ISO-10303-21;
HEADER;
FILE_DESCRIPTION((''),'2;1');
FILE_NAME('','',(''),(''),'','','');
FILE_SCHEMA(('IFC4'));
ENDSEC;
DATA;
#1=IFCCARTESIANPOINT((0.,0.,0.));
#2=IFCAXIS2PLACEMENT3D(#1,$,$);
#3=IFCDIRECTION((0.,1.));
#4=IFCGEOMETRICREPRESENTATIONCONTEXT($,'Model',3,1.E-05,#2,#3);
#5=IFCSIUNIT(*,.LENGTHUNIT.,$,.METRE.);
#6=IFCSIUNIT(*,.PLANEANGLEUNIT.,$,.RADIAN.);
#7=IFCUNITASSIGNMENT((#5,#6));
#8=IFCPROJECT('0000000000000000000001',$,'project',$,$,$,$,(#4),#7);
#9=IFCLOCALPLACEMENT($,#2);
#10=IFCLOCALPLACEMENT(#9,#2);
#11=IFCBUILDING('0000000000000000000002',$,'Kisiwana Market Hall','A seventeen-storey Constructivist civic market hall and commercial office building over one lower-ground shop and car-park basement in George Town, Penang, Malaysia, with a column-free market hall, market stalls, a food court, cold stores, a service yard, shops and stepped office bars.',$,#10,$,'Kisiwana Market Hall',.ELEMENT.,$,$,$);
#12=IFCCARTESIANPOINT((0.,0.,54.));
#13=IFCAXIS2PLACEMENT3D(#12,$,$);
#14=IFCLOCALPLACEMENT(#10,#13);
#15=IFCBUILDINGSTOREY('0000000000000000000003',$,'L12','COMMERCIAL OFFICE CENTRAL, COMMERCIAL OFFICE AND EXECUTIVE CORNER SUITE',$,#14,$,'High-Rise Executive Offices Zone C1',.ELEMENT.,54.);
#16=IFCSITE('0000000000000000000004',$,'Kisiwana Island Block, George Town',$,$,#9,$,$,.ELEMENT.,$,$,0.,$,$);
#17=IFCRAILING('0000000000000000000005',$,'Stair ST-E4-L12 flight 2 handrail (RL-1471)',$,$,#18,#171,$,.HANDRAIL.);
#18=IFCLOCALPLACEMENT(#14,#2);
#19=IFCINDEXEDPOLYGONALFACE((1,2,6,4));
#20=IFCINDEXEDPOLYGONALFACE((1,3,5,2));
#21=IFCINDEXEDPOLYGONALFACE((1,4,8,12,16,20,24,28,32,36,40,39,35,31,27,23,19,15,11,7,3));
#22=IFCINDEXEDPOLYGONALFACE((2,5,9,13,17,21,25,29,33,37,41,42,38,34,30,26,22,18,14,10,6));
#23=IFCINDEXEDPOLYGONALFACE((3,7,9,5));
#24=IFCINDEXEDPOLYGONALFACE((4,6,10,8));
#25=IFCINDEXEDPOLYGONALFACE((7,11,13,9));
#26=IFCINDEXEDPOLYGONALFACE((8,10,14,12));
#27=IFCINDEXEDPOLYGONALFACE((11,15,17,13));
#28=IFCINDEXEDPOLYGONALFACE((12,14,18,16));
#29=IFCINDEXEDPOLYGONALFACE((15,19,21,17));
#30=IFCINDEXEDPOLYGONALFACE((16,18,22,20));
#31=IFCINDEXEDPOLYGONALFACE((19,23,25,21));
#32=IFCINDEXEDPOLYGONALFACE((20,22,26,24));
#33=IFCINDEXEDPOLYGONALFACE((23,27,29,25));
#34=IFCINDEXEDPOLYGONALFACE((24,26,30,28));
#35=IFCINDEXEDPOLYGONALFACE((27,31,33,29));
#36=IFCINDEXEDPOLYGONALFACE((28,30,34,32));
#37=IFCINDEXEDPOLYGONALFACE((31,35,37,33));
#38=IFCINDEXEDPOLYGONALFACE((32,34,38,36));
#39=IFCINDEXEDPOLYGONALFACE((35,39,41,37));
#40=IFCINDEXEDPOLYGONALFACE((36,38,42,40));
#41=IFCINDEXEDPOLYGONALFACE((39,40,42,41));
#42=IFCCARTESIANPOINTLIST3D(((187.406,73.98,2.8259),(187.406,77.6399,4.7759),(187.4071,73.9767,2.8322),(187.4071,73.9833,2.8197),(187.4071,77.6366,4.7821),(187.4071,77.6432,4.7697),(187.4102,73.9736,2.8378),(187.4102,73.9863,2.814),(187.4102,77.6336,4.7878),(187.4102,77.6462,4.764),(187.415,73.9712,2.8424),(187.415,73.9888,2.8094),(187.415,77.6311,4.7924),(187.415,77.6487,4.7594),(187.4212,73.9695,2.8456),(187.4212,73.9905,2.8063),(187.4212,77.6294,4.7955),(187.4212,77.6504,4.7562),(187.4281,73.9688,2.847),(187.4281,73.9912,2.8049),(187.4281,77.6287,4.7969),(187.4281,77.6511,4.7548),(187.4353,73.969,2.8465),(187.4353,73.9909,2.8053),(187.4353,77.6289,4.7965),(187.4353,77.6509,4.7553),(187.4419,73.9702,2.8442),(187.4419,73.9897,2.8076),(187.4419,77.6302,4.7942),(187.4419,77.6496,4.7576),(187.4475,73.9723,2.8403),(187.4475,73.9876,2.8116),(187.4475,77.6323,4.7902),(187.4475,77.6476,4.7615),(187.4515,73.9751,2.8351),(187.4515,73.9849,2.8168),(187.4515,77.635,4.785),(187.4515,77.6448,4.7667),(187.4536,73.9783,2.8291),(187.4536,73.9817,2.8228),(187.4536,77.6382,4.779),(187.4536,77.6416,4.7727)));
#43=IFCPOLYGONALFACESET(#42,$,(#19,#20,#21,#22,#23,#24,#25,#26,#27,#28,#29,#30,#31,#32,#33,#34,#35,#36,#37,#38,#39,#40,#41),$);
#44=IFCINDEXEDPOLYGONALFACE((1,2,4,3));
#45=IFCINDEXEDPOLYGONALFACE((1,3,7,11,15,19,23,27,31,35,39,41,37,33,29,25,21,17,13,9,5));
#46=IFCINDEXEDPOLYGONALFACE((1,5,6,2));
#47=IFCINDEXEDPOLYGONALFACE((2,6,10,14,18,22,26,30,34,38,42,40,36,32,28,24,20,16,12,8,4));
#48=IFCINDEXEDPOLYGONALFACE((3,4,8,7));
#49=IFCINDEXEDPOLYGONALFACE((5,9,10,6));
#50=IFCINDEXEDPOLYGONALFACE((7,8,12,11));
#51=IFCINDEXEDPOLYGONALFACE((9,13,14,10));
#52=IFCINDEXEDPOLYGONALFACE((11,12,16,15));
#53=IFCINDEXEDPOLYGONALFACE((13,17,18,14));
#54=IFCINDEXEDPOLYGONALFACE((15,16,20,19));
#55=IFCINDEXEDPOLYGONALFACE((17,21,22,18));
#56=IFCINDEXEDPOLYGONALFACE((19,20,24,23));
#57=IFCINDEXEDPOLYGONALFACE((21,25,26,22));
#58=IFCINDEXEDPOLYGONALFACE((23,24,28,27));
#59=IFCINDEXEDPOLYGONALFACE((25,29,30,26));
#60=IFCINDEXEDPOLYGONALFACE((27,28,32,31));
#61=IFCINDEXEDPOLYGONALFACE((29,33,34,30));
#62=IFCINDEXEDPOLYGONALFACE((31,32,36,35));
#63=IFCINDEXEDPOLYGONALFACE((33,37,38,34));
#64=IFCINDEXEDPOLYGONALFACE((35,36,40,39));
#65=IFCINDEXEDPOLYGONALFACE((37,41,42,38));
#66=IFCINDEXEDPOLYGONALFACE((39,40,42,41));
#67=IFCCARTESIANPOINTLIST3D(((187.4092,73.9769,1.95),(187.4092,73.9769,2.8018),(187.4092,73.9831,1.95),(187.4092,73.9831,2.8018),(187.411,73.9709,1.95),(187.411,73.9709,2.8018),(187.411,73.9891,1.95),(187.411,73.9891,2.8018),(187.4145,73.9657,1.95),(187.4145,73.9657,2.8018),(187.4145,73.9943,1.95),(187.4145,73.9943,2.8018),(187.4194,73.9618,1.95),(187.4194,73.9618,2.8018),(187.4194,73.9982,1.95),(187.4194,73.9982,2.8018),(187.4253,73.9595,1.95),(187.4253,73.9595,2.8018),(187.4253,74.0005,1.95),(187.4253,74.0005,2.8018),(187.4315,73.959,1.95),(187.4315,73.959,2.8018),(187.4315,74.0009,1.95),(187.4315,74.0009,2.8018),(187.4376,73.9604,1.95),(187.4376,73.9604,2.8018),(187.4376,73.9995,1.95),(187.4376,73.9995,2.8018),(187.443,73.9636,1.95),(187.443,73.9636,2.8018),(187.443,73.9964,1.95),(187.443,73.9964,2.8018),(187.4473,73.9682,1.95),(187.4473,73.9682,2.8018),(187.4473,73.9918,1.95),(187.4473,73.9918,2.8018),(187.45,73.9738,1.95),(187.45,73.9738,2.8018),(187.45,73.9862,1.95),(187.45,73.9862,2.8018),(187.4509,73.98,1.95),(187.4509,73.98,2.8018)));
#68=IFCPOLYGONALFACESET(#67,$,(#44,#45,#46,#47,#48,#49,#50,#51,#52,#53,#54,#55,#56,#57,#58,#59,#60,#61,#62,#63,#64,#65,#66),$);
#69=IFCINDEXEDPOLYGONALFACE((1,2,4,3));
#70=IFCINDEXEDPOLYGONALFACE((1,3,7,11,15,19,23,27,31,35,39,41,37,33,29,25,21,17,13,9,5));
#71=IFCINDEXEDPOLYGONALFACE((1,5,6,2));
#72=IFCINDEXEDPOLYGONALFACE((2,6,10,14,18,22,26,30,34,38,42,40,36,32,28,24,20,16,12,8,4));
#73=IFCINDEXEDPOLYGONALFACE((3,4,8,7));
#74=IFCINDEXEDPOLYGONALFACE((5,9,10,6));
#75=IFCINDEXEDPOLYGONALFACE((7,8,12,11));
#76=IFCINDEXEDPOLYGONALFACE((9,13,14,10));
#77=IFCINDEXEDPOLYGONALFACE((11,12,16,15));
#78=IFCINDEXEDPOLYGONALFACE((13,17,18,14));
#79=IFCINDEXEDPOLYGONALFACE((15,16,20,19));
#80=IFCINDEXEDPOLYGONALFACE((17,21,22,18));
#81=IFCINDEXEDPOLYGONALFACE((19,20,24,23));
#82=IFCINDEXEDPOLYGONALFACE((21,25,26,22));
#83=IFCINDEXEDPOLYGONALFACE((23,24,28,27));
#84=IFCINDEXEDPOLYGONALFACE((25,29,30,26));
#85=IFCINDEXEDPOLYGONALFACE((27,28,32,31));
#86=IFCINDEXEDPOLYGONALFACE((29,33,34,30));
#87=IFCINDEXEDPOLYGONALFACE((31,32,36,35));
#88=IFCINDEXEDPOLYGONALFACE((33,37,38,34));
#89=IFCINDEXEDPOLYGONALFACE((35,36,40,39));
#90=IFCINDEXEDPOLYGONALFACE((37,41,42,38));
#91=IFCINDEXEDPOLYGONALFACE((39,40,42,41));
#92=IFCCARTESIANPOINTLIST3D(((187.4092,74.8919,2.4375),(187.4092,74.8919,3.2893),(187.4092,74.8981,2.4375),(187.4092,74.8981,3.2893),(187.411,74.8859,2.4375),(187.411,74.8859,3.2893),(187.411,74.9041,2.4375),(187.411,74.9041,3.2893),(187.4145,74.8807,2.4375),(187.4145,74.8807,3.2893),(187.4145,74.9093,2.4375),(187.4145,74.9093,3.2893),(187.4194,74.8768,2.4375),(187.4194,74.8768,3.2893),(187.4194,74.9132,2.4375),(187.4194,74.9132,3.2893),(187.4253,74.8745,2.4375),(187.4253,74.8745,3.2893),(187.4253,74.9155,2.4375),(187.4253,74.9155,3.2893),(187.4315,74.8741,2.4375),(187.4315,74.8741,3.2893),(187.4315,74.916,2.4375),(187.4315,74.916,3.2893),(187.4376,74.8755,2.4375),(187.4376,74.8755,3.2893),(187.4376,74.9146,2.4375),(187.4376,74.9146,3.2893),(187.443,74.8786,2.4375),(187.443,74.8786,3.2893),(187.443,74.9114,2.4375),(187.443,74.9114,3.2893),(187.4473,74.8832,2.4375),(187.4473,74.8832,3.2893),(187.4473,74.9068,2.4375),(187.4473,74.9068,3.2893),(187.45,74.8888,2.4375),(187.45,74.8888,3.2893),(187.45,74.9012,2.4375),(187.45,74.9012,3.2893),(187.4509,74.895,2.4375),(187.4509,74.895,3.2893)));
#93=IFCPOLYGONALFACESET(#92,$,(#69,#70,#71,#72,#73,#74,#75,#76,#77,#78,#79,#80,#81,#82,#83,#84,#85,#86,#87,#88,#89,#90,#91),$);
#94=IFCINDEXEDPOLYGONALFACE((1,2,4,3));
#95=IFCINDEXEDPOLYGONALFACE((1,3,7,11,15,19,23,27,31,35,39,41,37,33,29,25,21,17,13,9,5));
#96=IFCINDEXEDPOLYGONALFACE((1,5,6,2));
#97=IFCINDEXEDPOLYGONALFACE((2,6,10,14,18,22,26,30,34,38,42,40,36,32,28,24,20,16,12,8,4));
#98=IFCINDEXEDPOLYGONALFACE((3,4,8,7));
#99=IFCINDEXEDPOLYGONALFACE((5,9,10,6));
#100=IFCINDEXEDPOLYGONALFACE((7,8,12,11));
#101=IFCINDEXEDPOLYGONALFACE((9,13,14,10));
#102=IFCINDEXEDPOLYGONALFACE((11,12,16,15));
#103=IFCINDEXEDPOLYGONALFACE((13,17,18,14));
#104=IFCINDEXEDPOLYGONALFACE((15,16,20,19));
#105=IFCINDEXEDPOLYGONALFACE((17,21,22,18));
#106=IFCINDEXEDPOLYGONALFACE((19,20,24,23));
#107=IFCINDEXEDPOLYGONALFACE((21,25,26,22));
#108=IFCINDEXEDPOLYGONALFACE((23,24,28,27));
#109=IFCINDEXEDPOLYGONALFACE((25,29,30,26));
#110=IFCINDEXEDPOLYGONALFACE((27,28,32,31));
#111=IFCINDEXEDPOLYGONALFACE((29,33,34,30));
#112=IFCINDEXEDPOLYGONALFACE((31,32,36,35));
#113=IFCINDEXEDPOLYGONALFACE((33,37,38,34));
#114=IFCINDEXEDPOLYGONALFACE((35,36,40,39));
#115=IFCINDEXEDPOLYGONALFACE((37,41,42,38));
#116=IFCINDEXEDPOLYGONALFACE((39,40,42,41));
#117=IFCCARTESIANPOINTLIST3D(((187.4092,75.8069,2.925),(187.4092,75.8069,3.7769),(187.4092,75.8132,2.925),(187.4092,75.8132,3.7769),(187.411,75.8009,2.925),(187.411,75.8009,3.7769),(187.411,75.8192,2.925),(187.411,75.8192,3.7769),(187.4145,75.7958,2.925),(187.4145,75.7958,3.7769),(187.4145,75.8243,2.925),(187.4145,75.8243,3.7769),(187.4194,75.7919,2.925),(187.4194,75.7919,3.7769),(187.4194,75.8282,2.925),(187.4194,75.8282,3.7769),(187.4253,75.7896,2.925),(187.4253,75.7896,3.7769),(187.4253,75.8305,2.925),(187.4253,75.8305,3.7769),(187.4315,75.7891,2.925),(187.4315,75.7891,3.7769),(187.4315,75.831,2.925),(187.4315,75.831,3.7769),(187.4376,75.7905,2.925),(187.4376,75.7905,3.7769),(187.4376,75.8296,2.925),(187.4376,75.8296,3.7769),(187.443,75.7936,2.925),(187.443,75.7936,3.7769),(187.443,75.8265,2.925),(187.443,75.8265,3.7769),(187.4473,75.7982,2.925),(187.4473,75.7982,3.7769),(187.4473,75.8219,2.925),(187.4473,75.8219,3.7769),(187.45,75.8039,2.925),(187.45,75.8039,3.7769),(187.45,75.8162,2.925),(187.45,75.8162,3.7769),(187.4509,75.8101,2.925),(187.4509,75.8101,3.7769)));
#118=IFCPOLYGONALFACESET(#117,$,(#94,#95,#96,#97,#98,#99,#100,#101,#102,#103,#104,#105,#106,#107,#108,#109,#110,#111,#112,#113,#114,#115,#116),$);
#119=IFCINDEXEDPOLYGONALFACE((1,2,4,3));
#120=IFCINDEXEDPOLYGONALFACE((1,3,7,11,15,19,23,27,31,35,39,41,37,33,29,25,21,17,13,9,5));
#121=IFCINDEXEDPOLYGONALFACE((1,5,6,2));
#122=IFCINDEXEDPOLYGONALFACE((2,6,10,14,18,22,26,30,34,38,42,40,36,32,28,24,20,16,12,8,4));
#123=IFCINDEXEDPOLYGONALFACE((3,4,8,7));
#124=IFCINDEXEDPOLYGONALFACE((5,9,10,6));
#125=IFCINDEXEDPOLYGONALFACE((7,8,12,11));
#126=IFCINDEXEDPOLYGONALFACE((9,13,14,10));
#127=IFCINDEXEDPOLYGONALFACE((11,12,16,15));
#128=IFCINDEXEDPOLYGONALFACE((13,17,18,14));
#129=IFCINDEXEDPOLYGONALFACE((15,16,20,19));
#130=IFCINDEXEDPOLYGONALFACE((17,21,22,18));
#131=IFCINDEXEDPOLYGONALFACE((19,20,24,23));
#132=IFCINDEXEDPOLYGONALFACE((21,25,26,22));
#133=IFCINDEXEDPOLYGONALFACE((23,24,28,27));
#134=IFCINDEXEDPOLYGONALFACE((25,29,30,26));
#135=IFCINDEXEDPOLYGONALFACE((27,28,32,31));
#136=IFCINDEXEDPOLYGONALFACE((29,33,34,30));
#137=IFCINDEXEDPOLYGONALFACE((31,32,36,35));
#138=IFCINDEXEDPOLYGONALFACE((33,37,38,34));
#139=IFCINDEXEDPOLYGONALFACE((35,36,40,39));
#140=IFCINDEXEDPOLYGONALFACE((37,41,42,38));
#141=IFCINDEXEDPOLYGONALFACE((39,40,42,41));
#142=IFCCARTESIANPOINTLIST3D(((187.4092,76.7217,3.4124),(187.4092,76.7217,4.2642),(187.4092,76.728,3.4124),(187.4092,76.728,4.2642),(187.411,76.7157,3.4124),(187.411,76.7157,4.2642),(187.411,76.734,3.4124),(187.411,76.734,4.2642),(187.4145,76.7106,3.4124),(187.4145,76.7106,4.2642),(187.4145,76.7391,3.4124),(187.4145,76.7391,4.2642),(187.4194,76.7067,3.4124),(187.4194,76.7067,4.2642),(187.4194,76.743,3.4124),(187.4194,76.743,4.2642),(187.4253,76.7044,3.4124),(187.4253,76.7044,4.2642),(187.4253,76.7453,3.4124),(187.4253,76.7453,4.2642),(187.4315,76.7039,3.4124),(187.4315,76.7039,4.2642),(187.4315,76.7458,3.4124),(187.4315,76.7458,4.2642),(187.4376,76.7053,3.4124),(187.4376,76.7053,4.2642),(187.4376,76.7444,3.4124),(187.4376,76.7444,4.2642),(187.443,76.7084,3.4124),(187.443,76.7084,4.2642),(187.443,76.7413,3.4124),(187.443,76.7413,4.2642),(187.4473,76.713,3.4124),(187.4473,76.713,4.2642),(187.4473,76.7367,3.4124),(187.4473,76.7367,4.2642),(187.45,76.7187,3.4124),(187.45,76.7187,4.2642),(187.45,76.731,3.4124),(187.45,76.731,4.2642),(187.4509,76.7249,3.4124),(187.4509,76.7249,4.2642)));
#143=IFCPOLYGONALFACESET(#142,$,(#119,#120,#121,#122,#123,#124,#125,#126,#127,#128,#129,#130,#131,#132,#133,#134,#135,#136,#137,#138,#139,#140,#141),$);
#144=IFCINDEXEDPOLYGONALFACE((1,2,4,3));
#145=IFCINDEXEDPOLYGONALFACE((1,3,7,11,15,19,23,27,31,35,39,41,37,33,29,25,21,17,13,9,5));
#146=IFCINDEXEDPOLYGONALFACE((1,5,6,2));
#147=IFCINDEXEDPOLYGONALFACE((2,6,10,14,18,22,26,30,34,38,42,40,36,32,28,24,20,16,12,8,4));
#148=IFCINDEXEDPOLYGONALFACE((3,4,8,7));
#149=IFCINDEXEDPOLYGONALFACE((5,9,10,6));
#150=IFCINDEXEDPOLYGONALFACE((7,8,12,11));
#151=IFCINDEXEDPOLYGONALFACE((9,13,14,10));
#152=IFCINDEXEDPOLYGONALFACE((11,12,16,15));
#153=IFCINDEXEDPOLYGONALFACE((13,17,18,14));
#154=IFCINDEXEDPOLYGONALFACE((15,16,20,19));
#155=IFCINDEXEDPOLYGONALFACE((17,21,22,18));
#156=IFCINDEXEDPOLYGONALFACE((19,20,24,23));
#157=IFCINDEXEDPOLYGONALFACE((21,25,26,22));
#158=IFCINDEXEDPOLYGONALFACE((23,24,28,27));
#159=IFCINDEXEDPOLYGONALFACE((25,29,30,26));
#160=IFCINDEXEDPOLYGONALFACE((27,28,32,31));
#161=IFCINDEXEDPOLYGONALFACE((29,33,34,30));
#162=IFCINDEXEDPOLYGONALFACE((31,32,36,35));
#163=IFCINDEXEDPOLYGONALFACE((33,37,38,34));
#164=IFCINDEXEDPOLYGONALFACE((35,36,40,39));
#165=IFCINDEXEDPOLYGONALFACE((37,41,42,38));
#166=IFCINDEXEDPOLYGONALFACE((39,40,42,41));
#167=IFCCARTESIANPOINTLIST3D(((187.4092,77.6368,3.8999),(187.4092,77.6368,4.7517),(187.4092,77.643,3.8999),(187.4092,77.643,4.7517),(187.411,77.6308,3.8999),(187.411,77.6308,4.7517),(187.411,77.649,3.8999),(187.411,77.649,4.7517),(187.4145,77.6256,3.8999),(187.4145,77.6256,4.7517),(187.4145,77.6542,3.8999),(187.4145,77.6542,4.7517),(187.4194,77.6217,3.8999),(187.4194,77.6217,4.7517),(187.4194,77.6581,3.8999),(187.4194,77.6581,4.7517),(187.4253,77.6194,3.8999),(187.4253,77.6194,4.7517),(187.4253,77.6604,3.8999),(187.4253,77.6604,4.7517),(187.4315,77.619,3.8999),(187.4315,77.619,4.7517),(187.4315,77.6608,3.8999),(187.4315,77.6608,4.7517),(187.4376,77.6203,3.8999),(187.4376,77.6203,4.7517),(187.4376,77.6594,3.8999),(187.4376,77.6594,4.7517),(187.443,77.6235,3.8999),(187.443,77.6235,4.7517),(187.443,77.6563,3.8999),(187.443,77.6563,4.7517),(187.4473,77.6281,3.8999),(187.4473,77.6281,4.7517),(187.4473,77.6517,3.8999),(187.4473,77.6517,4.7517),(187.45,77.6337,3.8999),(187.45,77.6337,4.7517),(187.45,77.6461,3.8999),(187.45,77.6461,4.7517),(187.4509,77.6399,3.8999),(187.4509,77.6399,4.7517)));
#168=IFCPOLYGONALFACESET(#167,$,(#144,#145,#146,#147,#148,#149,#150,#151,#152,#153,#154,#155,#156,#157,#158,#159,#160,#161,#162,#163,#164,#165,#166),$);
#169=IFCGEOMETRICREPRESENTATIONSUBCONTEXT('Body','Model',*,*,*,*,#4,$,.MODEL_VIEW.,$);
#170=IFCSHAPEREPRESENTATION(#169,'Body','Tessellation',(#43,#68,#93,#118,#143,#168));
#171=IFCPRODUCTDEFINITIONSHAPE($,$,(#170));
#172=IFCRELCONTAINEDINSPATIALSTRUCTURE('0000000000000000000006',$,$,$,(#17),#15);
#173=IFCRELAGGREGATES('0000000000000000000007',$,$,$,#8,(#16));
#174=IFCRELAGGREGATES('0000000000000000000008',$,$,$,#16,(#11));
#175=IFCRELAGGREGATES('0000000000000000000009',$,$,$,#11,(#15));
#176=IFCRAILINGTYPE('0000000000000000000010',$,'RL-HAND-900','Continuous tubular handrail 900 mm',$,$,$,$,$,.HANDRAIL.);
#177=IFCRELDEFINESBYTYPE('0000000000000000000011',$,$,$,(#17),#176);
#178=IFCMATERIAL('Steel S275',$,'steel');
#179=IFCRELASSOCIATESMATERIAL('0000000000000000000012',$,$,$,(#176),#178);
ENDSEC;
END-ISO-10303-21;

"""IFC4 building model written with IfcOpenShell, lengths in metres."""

from ifc_helpers import new_model, si_unit, direction, frame, origin, origin_2d, place, context, subcontext, project, spatial, circle, extrude, material, type_object, element, save


model = new_model("IFC4")

# Units and contexts
model_context = context("Model", 3, precision=1e-05, world=origin(), true_north=direction((0.0, 1.0)))
body_context = subcontext(model_context, "Body", "Model", "MODEL_VIEW")
ifc_project = project(units=[si_unit("LENGTHUNIT", "METRE"), si_unit("PLANEANGLEUNIT", "RADIAN")], contexts=[model_context])

# Site, building, storey
site_placement = place(None, origin())
site = spatial("IfcSite", under=ifc_project, at=site_placement, Name="Kisiwana Island Block, George Town", CompositionType="ELEMENT", RefElevation=0.0)
building_placement = place(site_placement, origin())
building = spatial("IfcBuilding", under=site, at=building_placement, Name="Kisiwana Market Hall", Description="A seventeen-storey Constructivist civic market hall and commercial office building over one lower-ground shop and car-park basement in George Town, Penang, Malaysia, with a column-free market hall, market stalls, a food court, cold stores, a service yard, shops and stepped office bars.", LongName="Kisiwana Market Hall", CompositionType="ELEMENT")
storey_placement = place(building_placement, frame((0.0, 0.0, 54.0)))
storey = spatial("IfcBuildingStorey", under=building, at=storey_placement, Name="L12", Description="COMMERCIAL OFFICE CENTRAL, COMMERCIAL OFFICE AND EXECUTIVE CORNER SUITE", LongName="High-Rise Executive Offices Zone C1", CompositionType="ELEMENT", Elevation=54.0)

# Railing
ifc_material_1 = material(Name="Steel S275", Category="steel")
railing_type_1 = type_object("IfcRailingType", Name="RL-HAND-900", Description="Continuous tubular handrail 900 mm", PredefinedType="HANDRAIL", material=ifc_material_1)
railing_1_placement = place(storey_placement, frame((187.4299, 73.98, 1.95)))
element("IfcRailing", 1, at=railing_1_placement, inside=storey, type_object=railing_type_1, Name="Stair ST-E4-L12 flight 2 handrail (RL-1471)", PredefinedType="HANDRAIL", context=body_context, shape_type="SweptSolid", body=[
    extrude(circle(Radius=0.0239, at=origin_2d()), frame((0.0, 0.0, 0.876), z_axis=(0.0, 0.882553, 0.470212), x_axis=(-1.0, 0.0, 0.0)), (0.0, 0.0, 1.0), 4.147),
    extrude(circle(Radius=0.021, at=origin_2d()), origin(), (0.0, 0.0, 1.0), 0.8518),
    extrude(circle(Radius=0.021, at=origin_2d()), frame((0.0, 0.915, 0.4875)), (0.0, 0.0, 1.0), 0.8518),
    extrude(circle(Radius=0.021, at=origin_2d()), frame((0.0, 1.8301, 0.9751)), (0.0, 0.0, 1.0), 0.8518),
    extrude(circle(Radius=0.021, at=origin_2d()), frame((0.0, 2.7449, 1.4624)), (0.0, 0.0, 1.0), 0.8518),
    extrude(circle(Radius=0.021, at=origin_2d()), frame((0.0, 3.6599, 1.95)), (0.0, 0.0, 1.0), 0.8518),
])

save(model, "model.ifc")
